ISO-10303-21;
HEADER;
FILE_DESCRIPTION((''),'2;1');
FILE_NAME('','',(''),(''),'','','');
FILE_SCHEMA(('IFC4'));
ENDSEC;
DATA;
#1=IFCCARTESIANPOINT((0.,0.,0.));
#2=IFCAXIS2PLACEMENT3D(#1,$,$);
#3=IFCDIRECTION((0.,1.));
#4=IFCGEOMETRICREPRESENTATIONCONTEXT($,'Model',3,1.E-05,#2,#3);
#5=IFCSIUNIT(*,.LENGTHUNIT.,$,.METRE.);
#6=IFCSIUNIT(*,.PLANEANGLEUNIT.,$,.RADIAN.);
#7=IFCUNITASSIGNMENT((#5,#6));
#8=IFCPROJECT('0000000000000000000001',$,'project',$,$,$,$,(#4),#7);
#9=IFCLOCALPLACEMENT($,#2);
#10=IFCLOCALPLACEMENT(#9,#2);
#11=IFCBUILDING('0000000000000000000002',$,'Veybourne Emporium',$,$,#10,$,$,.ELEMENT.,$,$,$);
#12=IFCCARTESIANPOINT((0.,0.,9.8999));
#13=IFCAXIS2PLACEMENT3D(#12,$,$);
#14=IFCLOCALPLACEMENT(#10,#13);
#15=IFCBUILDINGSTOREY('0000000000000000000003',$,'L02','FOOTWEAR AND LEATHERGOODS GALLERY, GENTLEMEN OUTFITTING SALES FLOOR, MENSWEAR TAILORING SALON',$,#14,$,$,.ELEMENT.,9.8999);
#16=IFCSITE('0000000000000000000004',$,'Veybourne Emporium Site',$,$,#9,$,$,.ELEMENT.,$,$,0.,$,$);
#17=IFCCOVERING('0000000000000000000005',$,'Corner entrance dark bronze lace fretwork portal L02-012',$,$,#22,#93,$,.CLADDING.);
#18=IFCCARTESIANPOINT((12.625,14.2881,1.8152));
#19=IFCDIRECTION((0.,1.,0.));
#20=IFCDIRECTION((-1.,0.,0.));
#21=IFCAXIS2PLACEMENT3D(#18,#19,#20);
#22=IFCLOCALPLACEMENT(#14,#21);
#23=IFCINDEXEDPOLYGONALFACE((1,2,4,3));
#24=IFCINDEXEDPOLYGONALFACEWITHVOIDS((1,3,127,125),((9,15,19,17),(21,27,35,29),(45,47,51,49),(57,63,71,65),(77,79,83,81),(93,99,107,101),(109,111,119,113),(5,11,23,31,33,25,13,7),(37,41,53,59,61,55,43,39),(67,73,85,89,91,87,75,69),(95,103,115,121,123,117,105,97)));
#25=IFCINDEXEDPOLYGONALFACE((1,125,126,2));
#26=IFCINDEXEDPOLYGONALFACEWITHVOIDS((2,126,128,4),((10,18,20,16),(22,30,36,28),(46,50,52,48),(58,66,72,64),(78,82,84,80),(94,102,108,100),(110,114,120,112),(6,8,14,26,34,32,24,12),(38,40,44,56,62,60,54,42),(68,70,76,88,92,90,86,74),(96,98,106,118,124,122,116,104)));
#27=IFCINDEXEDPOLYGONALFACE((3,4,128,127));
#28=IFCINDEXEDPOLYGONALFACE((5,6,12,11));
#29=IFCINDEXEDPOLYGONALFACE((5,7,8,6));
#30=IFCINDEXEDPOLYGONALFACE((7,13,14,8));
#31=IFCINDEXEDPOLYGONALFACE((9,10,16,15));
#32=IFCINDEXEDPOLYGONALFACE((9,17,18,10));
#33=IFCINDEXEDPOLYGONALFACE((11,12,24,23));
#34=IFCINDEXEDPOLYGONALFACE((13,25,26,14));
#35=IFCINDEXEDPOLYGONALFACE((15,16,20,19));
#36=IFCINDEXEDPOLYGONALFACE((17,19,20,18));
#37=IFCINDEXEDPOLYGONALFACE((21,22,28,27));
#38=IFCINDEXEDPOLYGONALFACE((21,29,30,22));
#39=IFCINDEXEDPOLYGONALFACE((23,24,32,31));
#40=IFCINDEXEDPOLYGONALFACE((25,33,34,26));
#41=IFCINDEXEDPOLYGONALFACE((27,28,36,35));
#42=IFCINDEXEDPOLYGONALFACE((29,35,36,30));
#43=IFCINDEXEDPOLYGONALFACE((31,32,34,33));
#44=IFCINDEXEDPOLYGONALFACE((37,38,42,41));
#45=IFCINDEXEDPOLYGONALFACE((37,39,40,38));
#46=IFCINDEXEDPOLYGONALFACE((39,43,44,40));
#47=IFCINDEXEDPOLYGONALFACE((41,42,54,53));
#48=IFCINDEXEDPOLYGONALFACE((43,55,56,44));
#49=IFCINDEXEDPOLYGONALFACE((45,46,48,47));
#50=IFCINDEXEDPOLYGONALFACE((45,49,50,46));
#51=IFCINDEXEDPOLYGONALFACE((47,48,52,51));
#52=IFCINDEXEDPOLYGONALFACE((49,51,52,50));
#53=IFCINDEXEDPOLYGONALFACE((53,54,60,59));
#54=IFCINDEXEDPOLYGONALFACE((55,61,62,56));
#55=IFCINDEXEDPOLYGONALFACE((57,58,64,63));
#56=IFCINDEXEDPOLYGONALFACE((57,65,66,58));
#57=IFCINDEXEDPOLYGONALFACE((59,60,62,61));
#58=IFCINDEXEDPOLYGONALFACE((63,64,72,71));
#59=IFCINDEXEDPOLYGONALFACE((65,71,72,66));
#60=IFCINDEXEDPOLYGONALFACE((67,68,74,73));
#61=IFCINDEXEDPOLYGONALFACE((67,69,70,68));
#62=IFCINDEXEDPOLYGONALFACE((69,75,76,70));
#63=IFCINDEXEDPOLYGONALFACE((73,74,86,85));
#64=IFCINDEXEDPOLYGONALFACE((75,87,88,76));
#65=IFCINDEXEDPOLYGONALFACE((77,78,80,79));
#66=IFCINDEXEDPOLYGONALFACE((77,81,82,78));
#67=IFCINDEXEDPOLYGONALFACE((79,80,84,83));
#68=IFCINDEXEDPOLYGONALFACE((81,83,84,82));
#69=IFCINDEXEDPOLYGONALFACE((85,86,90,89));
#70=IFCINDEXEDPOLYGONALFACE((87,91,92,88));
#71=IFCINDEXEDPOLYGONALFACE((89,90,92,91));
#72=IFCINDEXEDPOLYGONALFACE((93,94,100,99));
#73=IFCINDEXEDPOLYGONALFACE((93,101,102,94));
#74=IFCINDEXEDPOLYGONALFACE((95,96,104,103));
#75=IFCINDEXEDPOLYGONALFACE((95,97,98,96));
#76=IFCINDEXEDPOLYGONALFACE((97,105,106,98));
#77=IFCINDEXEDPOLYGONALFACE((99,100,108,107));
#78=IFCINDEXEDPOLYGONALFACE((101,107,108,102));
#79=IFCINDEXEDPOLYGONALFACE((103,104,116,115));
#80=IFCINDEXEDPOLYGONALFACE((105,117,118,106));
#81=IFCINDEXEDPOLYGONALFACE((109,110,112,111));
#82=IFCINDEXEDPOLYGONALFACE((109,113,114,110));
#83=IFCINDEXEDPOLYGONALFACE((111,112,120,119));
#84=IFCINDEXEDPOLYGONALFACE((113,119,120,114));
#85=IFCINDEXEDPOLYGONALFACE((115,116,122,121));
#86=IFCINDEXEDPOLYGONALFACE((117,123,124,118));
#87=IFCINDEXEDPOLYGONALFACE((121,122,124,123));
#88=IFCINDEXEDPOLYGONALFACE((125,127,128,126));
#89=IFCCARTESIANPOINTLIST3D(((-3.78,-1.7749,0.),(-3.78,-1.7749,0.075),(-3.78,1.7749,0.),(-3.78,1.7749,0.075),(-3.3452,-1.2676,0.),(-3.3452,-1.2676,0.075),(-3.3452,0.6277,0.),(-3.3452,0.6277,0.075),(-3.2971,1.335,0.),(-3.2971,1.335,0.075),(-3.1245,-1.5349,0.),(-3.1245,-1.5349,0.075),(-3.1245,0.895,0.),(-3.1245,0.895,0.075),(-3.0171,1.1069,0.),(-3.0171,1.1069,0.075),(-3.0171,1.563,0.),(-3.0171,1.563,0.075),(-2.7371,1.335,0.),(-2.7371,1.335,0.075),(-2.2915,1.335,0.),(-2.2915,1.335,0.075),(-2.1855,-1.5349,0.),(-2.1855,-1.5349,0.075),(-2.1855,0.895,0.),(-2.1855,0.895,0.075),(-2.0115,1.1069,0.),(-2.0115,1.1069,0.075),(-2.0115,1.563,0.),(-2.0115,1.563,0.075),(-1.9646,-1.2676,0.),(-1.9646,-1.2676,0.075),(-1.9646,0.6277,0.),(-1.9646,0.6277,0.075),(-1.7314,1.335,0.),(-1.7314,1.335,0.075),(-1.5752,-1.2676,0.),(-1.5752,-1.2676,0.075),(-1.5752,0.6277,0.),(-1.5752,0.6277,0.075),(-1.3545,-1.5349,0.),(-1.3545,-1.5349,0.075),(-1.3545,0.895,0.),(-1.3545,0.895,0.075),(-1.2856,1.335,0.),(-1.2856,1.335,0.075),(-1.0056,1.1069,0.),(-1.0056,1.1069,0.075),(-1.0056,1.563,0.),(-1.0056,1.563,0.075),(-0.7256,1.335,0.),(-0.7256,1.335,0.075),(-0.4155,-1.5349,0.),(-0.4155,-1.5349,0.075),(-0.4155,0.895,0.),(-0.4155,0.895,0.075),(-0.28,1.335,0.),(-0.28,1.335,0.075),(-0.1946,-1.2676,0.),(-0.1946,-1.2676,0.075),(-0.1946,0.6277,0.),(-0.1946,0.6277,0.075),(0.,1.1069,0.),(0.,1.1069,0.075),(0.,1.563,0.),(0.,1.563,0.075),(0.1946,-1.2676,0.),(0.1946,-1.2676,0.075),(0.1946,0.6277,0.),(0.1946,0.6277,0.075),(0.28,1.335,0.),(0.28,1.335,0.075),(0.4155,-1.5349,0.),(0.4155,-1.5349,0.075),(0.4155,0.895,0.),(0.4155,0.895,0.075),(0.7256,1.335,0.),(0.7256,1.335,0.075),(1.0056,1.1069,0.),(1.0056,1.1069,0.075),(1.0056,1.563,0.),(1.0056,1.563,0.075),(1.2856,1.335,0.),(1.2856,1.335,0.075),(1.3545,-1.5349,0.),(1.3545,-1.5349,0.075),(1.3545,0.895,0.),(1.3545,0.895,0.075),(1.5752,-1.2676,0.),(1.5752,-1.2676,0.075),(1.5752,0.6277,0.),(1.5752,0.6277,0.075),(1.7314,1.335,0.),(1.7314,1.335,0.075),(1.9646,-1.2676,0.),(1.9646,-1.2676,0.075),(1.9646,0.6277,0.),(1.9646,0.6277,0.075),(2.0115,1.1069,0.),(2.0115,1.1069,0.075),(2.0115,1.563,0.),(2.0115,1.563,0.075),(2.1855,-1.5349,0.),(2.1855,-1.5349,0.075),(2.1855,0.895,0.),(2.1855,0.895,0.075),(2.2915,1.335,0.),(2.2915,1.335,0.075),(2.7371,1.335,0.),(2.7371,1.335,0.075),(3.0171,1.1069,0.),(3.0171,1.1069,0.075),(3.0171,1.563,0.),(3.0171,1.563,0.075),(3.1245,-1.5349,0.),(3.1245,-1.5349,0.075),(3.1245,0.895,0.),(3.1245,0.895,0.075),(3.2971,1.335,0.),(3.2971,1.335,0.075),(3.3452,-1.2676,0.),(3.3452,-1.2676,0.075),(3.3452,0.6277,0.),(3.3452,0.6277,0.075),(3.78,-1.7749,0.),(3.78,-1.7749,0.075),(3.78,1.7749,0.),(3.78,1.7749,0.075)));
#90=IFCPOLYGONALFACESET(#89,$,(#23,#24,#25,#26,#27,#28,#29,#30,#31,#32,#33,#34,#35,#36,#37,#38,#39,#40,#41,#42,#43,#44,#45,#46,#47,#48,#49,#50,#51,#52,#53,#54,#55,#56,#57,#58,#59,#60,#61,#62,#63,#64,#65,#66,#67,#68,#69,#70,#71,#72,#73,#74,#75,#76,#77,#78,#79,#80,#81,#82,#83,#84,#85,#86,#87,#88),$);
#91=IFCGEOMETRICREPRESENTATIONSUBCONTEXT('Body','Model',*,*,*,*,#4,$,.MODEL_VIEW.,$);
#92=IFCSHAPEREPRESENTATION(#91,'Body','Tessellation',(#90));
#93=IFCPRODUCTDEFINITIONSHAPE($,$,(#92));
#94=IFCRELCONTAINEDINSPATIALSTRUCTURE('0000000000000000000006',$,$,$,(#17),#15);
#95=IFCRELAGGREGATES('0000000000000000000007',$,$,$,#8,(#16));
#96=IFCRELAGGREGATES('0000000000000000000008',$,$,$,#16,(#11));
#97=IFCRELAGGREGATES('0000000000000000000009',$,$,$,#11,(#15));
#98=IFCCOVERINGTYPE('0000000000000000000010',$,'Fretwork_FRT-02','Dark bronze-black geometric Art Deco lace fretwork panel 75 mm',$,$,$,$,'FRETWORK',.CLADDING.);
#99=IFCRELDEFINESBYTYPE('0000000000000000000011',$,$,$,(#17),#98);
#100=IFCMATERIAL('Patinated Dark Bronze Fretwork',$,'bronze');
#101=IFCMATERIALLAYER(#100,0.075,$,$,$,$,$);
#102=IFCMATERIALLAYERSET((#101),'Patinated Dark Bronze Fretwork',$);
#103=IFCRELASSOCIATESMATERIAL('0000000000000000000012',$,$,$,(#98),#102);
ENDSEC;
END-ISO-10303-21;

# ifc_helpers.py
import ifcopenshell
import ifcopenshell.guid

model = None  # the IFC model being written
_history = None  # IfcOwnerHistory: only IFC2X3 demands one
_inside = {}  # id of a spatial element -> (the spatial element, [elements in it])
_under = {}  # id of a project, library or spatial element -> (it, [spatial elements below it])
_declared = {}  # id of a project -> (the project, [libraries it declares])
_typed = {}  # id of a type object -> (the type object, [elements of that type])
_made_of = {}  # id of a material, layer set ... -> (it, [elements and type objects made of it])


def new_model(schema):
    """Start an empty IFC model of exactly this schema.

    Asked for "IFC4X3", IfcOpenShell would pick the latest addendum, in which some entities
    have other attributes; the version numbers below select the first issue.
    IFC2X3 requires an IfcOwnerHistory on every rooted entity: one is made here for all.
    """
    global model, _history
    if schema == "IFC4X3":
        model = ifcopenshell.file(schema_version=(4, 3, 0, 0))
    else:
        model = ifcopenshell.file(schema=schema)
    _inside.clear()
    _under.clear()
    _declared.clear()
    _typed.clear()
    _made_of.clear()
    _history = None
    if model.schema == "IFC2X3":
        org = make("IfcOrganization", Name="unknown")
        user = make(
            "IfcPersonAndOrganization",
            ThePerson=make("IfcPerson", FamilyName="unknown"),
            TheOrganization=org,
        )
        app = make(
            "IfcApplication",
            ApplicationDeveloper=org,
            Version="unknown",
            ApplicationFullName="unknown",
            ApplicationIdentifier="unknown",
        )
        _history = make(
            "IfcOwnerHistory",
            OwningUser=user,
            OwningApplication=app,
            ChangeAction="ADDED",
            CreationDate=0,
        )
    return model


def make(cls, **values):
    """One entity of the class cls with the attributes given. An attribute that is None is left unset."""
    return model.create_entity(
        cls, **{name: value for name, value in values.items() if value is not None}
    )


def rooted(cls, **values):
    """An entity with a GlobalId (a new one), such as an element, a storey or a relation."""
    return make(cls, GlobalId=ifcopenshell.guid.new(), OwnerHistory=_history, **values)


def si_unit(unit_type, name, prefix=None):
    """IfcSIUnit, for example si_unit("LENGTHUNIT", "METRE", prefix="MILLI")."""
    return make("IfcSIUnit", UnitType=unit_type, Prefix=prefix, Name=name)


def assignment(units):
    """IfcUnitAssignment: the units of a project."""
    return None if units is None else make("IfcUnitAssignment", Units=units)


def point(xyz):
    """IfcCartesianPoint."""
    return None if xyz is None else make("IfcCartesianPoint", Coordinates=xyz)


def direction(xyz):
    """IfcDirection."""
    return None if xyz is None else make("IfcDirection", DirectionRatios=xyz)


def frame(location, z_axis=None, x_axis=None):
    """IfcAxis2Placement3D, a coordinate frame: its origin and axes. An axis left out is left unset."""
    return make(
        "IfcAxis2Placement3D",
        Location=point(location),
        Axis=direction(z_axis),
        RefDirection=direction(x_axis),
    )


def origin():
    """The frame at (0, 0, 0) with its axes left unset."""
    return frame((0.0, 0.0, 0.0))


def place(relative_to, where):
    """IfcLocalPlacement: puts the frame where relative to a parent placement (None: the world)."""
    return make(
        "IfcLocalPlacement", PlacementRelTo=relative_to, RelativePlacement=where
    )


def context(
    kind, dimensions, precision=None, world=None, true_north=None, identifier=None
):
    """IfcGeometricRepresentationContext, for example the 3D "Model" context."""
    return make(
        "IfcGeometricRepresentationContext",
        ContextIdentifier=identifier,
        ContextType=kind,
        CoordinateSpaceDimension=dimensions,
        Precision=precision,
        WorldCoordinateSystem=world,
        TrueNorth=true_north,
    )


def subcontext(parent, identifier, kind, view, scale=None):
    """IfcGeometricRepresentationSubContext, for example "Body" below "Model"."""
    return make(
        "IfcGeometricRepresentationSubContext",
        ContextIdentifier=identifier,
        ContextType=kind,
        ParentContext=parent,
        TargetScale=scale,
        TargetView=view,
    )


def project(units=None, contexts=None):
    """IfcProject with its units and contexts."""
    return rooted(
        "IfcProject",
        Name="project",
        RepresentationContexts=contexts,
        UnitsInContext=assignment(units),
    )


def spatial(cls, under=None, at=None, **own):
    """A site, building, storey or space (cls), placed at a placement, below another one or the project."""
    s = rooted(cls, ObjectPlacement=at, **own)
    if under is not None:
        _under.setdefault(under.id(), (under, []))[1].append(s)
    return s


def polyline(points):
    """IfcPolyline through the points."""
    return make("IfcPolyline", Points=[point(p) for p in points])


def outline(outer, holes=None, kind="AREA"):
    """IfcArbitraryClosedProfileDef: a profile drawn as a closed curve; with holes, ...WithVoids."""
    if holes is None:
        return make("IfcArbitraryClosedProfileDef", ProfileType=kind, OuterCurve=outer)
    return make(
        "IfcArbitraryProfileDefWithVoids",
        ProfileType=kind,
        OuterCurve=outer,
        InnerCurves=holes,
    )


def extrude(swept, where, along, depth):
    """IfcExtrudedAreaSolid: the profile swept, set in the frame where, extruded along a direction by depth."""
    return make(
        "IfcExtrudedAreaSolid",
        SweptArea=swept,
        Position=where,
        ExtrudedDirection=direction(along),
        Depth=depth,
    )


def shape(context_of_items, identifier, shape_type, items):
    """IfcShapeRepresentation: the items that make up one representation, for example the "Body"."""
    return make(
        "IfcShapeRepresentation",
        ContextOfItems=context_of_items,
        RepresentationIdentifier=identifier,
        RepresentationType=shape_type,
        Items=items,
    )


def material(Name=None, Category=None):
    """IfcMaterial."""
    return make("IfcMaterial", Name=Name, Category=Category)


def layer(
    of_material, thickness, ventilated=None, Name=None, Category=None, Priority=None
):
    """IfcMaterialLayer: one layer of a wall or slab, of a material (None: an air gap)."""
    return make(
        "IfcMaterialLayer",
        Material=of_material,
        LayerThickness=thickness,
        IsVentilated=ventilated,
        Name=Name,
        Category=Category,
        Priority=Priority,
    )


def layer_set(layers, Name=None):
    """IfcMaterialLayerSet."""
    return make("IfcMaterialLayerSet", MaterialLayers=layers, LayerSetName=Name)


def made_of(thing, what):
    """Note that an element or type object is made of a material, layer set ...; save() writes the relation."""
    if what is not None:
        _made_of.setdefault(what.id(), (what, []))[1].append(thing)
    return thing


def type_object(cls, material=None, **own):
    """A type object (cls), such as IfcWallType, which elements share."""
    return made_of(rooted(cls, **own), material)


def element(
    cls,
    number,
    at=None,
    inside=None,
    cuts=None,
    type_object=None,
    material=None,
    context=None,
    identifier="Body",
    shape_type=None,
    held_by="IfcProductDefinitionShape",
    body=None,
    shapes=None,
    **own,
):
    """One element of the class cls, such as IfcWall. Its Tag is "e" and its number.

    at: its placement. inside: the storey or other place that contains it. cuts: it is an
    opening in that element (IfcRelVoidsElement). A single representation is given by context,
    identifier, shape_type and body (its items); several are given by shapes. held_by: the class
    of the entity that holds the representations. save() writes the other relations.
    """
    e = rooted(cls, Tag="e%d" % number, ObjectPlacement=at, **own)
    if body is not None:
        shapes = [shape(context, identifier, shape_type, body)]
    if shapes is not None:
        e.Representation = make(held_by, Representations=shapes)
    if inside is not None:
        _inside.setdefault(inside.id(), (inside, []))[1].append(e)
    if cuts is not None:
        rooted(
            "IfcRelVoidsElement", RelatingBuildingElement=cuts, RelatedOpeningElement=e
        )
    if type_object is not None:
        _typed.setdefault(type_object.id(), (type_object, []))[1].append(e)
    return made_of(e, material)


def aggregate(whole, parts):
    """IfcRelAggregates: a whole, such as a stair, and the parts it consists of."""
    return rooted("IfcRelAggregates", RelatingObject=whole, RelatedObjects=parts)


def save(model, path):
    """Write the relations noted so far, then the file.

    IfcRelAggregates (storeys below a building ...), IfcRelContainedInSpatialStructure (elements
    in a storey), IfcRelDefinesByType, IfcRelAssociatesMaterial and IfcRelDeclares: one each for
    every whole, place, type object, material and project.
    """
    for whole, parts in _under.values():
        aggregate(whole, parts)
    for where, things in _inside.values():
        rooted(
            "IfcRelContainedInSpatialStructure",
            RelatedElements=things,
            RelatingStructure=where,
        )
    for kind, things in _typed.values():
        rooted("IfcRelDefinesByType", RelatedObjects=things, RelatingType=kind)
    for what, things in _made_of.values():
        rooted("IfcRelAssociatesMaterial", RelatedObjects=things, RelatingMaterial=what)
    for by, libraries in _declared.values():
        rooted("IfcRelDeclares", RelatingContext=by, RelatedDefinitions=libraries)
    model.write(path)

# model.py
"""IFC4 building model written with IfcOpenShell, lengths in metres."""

from ifc_helpers import new_model, si_unit, direction, frame, origin, place, context, subcontext, project, spatial, polyline, outline, extrude, material, layer, layer_set, type_object, element, save


model = new_model("IFC4")

# Units and contexts
model_context = context("Model", 3, precision=1e-05, world=origin(), true_north=direction((0.0, 1.0)))
body_context = subcontext(model_context, "Body", "Model", "MODEL_VIEW")
ifc_project = project(units=[si_unit("LENGTHUNIT", "METRE"), si_unit("PLANEANGLEUNIT", "RADIAN")], contexts=[model_context])

# Site, building, storey
site_placement = place(None, origin())
site = spatial("IfcSite", under=ifc_project, at=site_placement, Name="Veybourne Emporium Site", CompositionType="ELEMENT", RefElevation=0.0)
building_placement = place(site_placement, origin())
building = spatial("IfcBuilding", under=site, at=building_placement, Name="Veybourne Emporium", CompositionType="ELEMENT")
storey_placement = place(building_placement, frame((0.0, 0.0, 9.8999)))
storey = spatial("IfcBuildingStorey", under=building, at=storey_placement, Name="L02", Description="FOOTWEAR AND LEATHERGOODS GALLERY, GENTLEMEN OUTFITTING SALES FLOOR, MENSWEAR TAILORING SALON", CompositionType="ELEMENT", Elevation=9.8999)

# Covering
ifc_material_1 = material(Name="Patinated Dark Bronze Fretwork", Category="bronze")
ifc_layer_1 = layer(ifc_material_1, 0.075)
ifc_layer_set_1 = layer_set([ifc_layer_1], Name="Patinated Dark Bronze Fretwork")
covering_type_1 = type_object("IfcCoveringType", Name="Fretwork_FRT-02", Description="Dark bronze-black geometric Art Deco lace fretwork panel 75 mm", ElementType="FRETWORK", PredefinedType="CLADDING", material=ifc_layer_set_1)
covering_1_placement = place(storey_placement, frame((12.625, 14.2881, 1.8152), z_axis=(0.0, 1.0, 0.0), x_axis=(-1.0, 0.0, 0.0)))
element("IfcCovering", 1, at=covering_1_placement, inside=storey, type_object=covering_type_1, Name="Corner entrance dark bronze lace fretwork portal L02-012", PredefinedType="CLADDING", context=body_context, shape_type="SweptSolid", body=[
    extrude(outline(polyline([(-3.78, -1.7749), (3.78, -1.7749), (3.78, 1.7749), (-3.78, 1.7749), (-3.78, -1.7749)]), holes=[polyline([(-3.1245, 0.895), (-2.1855, 0.895), (-1.9646, 0.6277), (-1.9646, -1.2676), (-2.1855, -1.5349), (-3.1245, -1.5349), (-3.3452, -1.2676), (-3.3452, 0.6277), (-3.1245, 0.895)]), polyline([(-1.3545, 0.895), (-0.4155, 0.895), (-0.1946, 0.6277), (-0.1946, -1.2676), (-0.4155, -1.5349), (-1.3545, -1.5349), (-1.5752, -1.2676), (-1.5752, 0.6277), (-1.3545, 0.895)]), polyline([(0.4155, 0.895), (1.3545, 0.895), (1.5752, 0.6277), (1.5752, -1.2676), (1.3545, -1.5349), (0.4155, -1.5349), (0.1946, -1.2676), (0.1946, 0.6277), (0.4155, 0.895)]), polyline([(2.1855, 0.895), (3.1245, 0.895), (3.3452, 0.6277), (3.3452, -1.2676), (3.1245, -1.5349), (2.1855, -1.5349), (1.9646, -1.2676), (1.9646, 0.6277), (2.1855, 0.895)]), polyline([(-3.0171, 1.563), (-2.7371, 1.335), (-3.0171, 1.1069), (-3.2971, 1.335), (-3.0171, 1.563)]), polyline([(-2.0115, 1.563), (-1.7314, 1.335), (-2.0115, 1.1069), (-2.2915, 1.335), (-2.0115, 1.563)]), polyline([(-1.0056, 1.563), (-0.7256, 1.335), (-1.0056, 1.1069), (-1.2856, 1.335), (-1.0056, 1.563)]), polyline([(0.0, 1.563), (0.28, 1.335), (0.0, 1.1069), (-0.28, 1.335), (0.0, 1.563)]), polyline([(1.0056, 1.563), (1.2856, 1.335), (1.0056, 1.1069), (0.7256, 1.335), (1.0056, 1.563)]), polyline([(2.0115, 1.563), (2.2915, 1.335), (2.0115, 1.1069), (1.7314, 1.335), (2.0115, 1.563)]), polyline([(3.0171, 1.563), (3.2971, 1.335), (3.0171, 1.1069), (2.7371, 1.335), (3.0171, 1.563)])]), origin(), (0.0, 0.0, 1.0), 0.075),
])

save(model, "model.ifc")
